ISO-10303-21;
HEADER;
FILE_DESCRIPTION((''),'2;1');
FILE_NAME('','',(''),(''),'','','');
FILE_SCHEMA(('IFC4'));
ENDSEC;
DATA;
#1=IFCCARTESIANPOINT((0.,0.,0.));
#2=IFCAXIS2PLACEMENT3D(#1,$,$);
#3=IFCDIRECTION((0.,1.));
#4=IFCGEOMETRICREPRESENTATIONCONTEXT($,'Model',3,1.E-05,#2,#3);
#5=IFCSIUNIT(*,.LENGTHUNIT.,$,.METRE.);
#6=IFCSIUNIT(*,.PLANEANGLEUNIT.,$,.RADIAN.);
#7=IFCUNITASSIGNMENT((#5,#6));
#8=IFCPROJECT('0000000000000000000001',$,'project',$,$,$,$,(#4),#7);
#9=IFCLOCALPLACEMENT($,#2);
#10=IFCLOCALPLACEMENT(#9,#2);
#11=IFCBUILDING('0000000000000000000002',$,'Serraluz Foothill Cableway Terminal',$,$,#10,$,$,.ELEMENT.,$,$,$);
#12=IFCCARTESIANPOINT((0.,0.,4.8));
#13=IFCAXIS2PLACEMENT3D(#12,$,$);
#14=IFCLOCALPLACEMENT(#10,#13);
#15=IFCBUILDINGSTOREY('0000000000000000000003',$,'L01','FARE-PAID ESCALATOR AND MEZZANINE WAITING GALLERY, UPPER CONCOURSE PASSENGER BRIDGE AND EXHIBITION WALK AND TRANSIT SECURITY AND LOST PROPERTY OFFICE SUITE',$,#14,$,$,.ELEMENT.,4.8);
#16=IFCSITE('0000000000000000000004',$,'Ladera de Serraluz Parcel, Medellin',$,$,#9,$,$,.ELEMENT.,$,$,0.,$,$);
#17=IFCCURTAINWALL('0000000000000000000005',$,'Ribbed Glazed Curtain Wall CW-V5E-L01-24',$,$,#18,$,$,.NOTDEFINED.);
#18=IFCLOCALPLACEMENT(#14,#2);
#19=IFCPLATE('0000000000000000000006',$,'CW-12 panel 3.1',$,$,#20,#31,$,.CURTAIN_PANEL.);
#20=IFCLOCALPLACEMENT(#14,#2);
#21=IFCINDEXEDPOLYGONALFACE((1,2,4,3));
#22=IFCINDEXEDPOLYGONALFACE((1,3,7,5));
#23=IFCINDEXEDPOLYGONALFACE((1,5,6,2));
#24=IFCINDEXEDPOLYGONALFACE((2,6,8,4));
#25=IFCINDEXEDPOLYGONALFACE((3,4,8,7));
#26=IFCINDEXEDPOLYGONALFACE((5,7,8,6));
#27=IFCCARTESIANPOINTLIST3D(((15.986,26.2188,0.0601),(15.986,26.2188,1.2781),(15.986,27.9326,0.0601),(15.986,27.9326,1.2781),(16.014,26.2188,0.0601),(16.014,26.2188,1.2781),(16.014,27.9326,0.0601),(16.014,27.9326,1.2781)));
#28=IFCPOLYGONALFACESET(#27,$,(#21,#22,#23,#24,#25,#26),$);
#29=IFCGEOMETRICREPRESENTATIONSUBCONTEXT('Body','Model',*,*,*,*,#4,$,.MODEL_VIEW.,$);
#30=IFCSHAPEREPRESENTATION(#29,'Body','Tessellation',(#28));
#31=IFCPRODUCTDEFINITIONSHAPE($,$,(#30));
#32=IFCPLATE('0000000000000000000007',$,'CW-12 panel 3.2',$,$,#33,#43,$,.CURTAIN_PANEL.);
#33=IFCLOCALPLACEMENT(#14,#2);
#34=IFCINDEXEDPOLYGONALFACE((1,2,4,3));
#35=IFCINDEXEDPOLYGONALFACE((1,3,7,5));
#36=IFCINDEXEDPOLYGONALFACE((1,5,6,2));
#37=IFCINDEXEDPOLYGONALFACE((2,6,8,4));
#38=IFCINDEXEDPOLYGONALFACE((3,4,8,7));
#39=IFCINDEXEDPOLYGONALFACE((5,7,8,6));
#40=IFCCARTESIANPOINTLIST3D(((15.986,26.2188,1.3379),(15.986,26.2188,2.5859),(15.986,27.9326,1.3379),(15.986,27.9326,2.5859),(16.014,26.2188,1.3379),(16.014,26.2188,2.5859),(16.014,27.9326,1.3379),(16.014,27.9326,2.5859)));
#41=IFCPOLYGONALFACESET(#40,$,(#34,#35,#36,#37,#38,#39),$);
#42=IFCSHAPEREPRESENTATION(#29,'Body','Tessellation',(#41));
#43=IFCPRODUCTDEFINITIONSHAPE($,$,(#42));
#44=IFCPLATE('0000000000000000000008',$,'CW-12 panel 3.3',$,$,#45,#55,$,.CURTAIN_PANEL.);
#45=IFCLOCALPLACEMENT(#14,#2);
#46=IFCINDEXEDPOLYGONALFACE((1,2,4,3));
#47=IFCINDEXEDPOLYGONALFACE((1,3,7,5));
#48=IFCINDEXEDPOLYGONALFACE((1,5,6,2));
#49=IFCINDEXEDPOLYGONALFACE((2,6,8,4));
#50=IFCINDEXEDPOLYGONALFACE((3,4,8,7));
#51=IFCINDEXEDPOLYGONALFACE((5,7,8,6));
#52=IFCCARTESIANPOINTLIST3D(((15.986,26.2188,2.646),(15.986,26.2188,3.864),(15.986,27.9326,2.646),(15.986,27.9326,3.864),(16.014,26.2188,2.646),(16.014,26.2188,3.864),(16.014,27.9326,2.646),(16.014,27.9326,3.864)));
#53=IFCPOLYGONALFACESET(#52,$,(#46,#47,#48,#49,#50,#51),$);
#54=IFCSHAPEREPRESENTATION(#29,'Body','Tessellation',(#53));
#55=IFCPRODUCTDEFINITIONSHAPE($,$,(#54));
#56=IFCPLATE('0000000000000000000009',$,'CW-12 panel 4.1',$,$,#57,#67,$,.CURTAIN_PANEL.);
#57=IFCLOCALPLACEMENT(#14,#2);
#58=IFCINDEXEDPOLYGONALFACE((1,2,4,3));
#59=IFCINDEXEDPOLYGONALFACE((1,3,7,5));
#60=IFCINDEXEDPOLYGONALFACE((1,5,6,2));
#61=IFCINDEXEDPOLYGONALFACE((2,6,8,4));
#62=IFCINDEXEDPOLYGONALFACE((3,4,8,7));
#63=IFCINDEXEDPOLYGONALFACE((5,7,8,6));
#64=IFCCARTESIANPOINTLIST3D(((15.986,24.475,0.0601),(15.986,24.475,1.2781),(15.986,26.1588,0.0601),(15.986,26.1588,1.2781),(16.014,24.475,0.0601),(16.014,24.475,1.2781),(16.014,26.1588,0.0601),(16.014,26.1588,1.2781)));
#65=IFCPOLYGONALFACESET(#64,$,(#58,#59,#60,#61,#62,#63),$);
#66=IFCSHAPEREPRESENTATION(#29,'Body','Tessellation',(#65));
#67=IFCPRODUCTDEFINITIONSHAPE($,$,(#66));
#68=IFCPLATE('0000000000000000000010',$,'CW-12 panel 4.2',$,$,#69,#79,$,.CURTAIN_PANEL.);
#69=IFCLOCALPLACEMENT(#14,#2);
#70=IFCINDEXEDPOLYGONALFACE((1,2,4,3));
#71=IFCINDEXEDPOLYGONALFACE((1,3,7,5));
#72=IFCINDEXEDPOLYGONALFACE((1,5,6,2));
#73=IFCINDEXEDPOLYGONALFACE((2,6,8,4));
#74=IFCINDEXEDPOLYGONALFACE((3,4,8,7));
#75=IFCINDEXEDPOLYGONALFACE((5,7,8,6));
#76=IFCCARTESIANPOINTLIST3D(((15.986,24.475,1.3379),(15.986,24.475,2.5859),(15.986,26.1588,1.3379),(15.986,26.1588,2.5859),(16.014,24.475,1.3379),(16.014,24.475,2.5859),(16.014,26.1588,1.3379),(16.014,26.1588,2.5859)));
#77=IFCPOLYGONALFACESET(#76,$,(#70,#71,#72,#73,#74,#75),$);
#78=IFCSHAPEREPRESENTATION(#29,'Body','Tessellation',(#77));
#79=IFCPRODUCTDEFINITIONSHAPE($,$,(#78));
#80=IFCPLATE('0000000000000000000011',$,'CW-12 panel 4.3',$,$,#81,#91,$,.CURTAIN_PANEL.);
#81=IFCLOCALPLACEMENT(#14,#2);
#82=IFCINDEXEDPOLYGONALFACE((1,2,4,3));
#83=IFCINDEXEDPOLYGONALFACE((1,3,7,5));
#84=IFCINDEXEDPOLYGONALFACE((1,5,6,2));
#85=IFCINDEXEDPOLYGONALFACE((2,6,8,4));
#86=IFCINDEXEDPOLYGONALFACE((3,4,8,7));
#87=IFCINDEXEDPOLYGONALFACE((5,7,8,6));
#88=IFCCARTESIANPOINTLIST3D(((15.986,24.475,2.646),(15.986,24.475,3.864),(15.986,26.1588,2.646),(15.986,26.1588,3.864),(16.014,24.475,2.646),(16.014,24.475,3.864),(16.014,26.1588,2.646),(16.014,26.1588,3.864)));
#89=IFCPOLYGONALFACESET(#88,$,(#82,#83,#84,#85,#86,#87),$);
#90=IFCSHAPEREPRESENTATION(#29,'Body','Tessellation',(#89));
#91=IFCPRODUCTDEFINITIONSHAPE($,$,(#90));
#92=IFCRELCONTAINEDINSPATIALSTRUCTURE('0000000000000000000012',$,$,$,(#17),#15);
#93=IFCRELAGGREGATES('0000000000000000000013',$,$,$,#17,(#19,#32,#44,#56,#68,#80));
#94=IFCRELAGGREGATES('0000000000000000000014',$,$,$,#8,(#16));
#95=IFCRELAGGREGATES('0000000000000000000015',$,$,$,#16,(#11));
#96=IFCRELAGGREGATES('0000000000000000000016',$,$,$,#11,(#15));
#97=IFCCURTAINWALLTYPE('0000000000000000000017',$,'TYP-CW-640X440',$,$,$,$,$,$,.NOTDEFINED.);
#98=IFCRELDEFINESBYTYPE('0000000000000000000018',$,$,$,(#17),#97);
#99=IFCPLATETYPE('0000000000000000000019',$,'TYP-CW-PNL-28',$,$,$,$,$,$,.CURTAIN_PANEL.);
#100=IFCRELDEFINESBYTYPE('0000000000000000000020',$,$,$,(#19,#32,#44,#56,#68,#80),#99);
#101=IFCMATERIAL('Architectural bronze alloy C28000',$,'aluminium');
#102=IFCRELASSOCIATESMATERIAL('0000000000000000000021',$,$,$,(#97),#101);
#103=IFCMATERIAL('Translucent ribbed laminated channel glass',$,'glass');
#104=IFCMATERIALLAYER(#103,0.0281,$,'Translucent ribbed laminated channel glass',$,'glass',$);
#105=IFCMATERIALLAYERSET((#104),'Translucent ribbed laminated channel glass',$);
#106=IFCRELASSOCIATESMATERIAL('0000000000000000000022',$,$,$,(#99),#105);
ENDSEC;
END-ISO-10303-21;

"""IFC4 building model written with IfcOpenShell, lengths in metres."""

from ifc_helpers import new_model, si_unit, direction, frame, origin, origin_2d, place, context, subcontext, project, spatial, rectangle, extrude, material, layer, layer_set, type_object, element, aggregate, save


model = new_model("IFC4")

# Units and contexts
model_context = context("Model", 3, precision=1e-05, world=origin(), true_north=direction((0.0, 1.0)))
body_context = subcontext(model_context, "Body", "Model", "MODEL_VIEW")
ifc_project = project(units=[si_unit("LENGTHUNIT", "METRE"), si_unit("PLANEANGLEUNIT", "RADIAN")], contexts=[model_context])

# Site, building, storey
site_placement = place(None, origin())
site = spatial("IfcSite", under=ifc_project, at=site_placement, Name="Ladera de Serraluz Parcel, Medellin", CompositionType="ELEMENT", RefElevation=0.0)
building_placement = place(site_placement, origin())
building = spatial("IfcBuilding", under=site, at=building_placement, Name="Serraluz Foothill Cableway Terminal", CompositionType="ELEMENT")
storey_placement = place(building_placement, frame((0.0, 0.0, 4.8)))
storey = spatial("IfcBuildingStorey", under=building, at=storey_placement, Name="L01", Description="FARE-PAID ESCALATOR AND MEZZANINE WAITING GALLERY, UPPER CONCOURSE PASSENGER BRIDGE AND EXHIBITION WALK AND TRANSIT SECURITY AND LOST PROPERTY OFFICE SUITE", CompositionType="ELEMENT", Elevation=4.8)

# Shared definitions
ifc_material_1 = material(Name="Architectural bronze alloy C28000", Category="aluminium")

# Curtain wall
curtain_wall_type_1 = type_object("IfcCurtainWallType", Name="TYP-CW-640X440", PredefinedType="NOTDEFINED", material=ifc_material_1)
curtain_wall_1_placement = place(storey_placement, origin())
curtain_wall_1 = element("IfcCurtainWall", 1, at=curtain_wall_1_placement, inside=storey, type_object=curtain_wall_type_1, Name="Ribbed Glazed Curtain Wall CW-V5E-L01-24", PredefinedType="NOTDEFINED")

# Plates
ifc_material_2 = material(Name="Translucent ribbed laminated channel glass", Category="glass")
ifc_layer = layer(ifc_material_2, 0.0281, Name="Translucent ribbed laminated channel glass", Category="glass")
ifc_layer_set = layer_set([ifc_layer], Name="Translucent ribbed laminated channel glass")
plate_type = type_object("IfcPlateType", Name="TYP-CW-PNL-28", PredefinedType="CURTAIN_PANEL", material=ifc_layer_set)
plate_1_placement = place(storey_placement, frame((16.0, 27.0757, 0.0601), z_axis=(0.0, 0.0, 1.0), x_axis=(0.0, -1.0, 0.0)))
plate_1 = element("IfcPlate", 2, at=plate_1_placement, type_object=plate_type, Name="CW-12 panel 3.1", PredefinedType="CURTAIN_PANEL", context=body_context, shape_type="SweptSolid", body=[
    extrude(rectangle(XDim=1.7139, YDim=0.0281, at=origin_2d()), origin(), (0.0, 0.0, 1.0), 1.218),
])
plate_2_placement = place(storey_placement, frame((16.0, 27.0757, 1.3379), z_axis=(0.0, 0.0, 1.0), x_axis=(0.0, -1.0, 0.0)))
plate_2 = element("IfcPlate", 3, at=plate_2_placement, type_object=plate_type, Name="CW-12 panel 3.2", PredefinedType="CURTAIN_PANEL", context=body_context, shape_type="SweptSolid", body=[
    extrude(rectangle(XDim=1.7139, YDim=0.0281, at=origin_2d()), origin(), (0.0, 0.0, 1.0), 1.248),
])
plate_3_placement = place(storey_placement, frame((16.0, 27.0757, 2.646), z_axis=(0.0, 0.0, 1.0), x_axis=(0.0, -1.0, 0.0)))
plate_3 = element("IfcPlate", 4, at=plate_3_placement, type_object=plate_type, Name="CW-12 panel 3.3", PredefinedType="CURTAIN_PANEL", context=body_context, shape_type="SweptSolid", body=[
    extrude(rectangle(XDim=1.7139, YDim=0.0281, at=origin_2d()), origin(), (0.0, 0.0, 1.0), 1.218),
])
plate_4_placement = place(storey_placement, frame((16.0, 25.3169, 0.0601), z_axis=(0.0, 0.0, 1.0), x_axis=(0.0, -1.0, 0.0)))
plate_4 = element("IfcPlate", 5, at=plate_4_placement, type_object=plate_type, Name="CW-12 panel 4.1", PredefinedType="CURTAIN_PANEL", context=body_context, shape_type="SweptSolid", body=[
    extrude(rectangle(XDim=1.6838, YDim=0.0281, at=origin_2d()), origin(), (0.0, 0.0, 1.0), 1.218),
])
plate_5_placement = place(storey_placement, frame((16.0, 25.3169, 1.3379), z_axis=(0.0, 0.0, 1.0), x_axis=(0.0, -1.0, 0.0)))
plate_5 = element("IfcPlate", 6, at=plate_5_placement, type_object=plate_type, Name="CW-12 panel 4.2", PredefinedType="CURTAIN_PANEL", context=body_context, shape_type="SweptSolid", body=[
    extrude(rectangle(XDim=1.6838, YDim=0.0281, at=origin_2d()), origin(), (0.0, 0.0, 1.0), 1.248),
])
plate_6_placement = place(storey_placement, frame((16.0, 25.3169, 2.646), z_axis=(0.0, 0.0, 1.0), x_axis=(0.0, -1.0, 0.0)))
plate_6 = element("IfcPlate", 7, at=plate_6_placement, type_object=plate_type, Name="CW-12 panel 4.3", PredefinedType="CURTAIN_PANEL", context=body_context, shape_type="SweptSolid", body=[
    extrude(rectangle(XDim=1.6838, YDim=0.0281, at=origin_2d()), origin(), (0.0, 0.0, 1.0), 1.218),
])
aggregate(curtain_wall_1, [plate_1, plate_2, plate_3, plate_4, plate_5, plate_6])

save(model, "model.ifc")
